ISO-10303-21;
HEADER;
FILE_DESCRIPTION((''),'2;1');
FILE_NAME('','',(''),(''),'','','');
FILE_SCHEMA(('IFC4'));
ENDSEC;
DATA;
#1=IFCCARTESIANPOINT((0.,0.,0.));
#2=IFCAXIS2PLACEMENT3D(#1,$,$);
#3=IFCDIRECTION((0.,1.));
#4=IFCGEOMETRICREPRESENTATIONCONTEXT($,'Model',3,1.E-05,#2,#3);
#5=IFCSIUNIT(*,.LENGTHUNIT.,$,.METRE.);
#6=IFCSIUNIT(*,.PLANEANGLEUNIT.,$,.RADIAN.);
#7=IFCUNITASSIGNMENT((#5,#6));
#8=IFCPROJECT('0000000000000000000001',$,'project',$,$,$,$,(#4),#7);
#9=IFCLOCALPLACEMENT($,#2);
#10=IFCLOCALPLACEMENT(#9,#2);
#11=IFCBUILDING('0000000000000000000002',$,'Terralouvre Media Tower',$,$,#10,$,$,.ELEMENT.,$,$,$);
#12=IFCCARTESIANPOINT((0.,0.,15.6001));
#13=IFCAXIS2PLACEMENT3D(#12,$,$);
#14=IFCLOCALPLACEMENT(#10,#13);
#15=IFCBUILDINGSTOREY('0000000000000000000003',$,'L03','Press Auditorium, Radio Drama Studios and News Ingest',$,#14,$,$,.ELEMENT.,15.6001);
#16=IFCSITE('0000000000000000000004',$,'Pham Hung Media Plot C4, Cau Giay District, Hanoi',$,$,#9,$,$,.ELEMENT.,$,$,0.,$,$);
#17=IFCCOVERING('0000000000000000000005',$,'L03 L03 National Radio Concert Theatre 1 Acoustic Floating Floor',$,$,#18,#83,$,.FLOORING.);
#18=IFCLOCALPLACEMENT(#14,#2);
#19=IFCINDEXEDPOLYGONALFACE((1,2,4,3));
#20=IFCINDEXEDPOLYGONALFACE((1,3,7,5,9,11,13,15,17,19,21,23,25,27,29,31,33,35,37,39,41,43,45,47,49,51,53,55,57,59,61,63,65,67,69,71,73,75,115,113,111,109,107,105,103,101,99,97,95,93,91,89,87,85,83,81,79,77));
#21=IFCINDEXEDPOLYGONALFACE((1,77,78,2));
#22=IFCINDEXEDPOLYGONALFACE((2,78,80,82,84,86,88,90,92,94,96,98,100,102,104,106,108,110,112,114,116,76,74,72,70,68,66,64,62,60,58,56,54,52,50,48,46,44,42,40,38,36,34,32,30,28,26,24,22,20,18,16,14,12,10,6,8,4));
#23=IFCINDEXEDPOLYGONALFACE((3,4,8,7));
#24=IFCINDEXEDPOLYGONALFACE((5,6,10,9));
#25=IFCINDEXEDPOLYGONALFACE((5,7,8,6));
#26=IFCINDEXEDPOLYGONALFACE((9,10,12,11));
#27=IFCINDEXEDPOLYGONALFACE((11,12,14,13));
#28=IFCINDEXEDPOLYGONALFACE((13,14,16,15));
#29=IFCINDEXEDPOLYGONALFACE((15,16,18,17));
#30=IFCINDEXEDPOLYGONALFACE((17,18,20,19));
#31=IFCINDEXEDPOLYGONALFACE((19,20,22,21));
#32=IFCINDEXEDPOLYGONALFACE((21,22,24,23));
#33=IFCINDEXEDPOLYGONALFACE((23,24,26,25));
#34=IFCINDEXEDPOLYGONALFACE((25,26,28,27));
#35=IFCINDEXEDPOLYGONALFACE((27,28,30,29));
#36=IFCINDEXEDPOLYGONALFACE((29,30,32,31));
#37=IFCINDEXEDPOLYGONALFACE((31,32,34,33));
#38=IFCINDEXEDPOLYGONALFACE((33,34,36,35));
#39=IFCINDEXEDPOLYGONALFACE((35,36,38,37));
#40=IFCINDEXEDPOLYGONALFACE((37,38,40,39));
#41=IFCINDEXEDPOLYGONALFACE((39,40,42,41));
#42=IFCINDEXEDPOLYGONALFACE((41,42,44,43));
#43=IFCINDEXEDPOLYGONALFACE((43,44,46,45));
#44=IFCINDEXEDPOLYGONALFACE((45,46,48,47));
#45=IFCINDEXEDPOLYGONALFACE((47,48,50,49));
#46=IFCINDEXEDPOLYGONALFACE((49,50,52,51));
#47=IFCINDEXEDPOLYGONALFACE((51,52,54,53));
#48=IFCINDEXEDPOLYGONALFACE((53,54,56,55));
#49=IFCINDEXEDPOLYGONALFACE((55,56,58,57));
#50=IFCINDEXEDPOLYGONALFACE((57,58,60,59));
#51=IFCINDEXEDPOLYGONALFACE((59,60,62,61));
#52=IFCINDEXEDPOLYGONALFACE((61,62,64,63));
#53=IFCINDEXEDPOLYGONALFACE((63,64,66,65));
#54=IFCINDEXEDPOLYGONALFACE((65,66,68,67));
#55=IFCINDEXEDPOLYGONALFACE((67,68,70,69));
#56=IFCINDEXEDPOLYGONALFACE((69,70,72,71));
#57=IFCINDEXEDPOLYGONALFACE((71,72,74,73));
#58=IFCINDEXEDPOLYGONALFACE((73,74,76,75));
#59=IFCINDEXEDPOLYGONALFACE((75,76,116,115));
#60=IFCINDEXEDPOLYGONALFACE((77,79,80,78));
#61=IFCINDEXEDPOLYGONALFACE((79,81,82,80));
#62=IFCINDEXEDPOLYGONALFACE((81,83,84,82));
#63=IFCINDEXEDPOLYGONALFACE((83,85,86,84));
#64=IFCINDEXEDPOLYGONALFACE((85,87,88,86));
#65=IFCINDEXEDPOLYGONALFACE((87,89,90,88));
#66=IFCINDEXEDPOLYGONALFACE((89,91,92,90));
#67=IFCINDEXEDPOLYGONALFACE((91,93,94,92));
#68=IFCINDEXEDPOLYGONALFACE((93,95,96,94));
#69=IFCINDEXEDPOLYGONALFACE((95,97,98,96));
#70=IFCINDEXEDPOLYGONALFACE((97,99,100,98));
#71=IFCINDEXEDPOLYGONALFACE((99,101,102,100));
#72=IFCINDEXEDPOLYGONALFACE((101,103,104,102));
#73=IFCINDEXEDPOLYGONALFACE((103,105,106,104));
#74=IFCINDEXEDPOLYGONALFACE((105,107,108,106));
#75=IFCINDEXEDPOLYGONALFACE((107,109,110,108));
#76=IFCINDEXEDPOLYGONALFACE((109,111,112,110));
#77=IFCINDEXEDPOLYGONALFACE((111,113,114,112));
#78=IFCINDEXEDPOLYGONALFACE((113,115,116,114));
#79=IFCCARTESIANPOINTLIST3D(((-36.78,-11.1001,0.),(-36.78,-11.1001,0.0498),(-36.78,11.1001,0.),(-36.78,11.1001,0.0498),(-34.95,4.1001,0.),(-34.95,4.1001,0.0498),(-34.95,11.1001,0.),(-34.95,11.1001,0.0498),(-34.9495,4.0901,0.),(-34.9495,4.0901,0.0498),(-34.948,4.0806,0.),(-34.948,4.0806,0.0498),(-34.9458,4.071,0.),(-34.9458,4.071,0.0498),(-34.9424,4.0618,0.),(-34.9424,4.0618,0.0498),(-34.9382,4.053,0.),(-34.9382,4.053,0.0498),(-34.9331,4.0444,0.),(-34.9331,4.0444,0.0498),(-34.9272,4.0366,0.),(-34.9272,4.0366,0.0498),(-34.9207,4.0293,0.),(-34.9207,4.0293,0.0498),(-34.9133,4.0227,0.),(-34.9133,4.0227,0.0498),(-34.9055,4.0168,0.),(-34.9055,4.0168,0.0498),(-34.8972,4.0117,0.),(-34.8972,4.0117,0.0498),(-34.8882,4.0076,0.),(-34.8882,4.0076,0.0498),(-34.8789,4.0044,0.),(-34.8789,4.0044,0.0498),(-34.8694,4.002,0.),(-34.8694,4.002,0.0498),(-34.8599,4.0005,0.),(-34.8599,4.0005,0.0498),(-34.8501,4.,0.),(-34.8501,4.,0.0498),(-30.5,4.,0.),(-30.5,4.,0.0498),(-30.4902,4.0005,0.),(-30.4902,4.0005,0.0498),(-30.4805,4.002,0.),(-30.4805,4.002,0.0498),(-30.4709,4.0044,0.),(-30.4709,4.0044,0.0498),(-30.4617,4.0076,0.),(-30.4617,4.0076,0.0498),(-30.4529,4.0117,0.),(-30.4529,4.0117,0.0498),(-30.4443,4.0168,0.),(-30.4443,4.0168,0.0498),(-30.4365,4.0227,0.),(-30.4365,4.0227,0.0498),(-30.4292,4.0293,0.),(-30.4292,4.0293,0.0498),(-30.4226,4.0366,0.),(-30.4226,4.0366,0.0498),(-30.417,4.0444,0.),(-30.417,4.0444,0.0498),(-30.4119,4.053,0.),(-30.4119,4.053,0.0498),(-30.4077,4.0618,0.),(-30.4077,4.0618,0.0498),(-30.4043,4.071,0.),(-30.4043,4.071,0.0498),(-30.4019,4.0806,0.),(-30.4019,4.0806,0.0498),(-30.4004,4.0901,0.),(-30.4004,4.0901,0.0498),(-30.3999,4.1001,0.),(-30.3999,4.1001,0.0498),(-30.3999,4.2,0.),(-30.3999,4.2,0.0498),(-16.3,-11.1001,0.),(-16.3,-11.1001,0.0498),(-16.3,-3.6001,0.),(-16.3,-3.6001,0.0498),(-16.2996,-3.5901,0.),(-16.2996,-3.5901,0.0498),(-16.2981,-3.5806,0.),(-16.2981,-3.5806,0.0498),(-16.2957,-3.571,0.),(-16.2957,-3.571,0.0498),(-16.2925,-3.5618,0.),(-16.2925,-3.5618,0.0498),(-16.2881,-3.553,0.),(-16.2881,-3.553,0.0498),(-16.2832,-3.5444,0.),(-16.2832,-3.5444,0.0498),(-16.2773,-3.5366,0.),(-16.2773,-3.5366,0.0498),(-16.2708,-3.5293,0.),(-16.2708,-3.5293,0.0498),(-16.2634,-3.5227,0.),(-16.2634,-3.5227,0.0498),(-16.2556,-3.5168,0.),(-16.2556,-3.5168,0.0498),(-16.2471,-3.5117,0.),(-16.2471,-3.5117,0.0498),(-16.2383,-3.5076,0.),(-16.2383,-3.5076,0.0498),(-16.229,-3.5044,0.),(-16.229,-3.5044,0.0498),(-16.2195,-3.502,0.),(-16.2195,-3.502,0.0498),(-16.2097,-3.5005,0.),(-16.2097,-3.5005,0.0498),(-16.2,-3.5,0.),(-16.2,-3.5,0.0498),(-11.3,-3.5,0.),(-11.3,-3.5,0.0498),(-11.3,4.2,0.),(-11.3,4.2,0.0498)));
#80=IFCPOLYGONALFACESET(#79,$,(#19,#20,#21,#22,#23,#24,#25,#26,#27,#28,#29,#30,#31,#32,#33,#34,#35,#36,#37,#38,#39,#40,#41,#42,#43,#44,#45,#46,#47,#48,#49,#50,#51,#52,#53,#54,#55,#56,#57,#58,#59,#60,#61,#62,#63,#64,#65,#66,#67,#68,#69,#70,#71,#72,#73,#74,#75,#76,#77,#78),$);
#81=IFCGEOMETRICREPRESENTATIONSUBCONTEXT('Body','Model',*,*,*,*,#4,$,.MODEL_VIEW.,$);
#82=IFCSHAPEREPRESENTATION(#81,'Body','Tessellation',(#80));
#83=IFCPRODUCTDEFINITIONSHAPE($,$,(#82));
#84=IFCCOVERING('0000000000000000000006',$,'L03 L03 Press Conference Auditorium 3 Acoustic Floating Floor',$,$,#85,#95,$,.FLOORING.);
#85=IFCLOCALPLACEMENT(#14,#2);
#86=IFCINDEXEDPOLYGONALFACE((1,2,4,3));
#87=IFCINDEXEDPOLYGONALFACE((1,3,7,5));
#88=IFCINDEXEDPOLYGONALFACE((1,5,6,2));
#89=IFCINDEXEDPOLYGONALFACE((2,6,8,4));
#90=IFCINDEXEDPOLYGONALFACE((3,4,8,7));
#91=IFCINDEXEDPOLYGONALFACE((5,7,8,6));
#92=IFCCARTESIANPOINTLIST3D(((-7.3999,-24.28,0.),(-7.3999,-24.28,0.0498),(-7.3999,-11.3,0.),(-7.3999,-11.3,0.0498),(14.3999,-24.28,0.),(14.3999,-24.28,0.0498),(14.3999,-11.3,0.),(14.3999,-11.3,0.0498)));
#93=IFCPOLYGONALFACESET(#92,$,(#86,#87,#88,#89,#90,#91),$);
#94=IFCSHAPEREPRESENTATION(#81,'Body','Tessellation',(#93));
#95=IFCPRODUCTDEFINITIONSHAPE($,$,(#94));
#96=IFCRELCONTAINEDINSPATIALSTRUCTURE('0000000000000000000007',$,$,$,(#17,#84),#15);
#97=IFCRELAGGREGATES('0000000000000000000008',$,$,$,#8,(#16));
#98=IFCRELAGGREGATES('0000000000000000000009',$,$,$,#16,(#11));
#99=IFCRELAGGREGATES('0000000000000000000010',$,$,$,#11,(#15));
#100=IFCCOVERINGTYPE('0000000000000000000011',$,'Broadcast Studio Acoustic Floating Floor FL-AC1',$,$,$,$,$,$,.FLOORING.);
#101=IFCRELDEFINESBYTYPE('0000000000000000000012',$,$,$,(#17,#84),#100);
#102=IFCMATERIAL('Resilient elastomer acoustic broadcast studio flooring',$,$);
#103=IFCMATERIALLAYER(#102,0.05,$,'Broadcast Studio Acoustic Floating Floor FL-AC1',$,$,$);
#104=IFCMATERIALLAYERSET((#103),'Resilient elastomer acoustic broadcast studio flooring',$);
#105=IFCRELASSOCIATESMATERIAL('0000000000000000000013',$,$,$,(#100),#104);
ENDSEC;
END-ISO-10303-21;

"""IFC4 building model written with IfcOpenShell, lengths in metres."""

from ifc_helpers import new_model, si_unit, direction, frame, origin, place, context, subcontext, project, spatial, polyline, outline, extrude, material, layer, layer_set, type_object, element, save


model = new_model("IFC4")

# Units and contexts
model_context = context("Model", 3, precision=1e-05, world=origin(), true_north=direction((0.0, 1.0)))
body_context = subcontext(model_context, "Body", "Model", "MODEL_VIEW")
ifc_project = project(units=[si_unit("LENGTHUNIT", "METRE"), si_unit("PLANEANGLEUNIT", "RADIAN")], contexts=[model_context])

# Site, building, storey
site_placement = place(None, origin())
site = spatial("IfcSite", under=ifc_project, at=site_placement, Name="Pham Hung Media Plot C4, Cau Giay District, Hanoi", CompositionType="ELEMENT", RefElevation=0.0)
building_placement = place(site_placement, origin())
building = spatial("IfcBuilding", under=site, at=building_placement, Name="Terralouvre Media Tower", CompositionType="ELEMENT")
storey_placement = place(building_placement, frame((0.0, 0.0, 15.6001)))
storey = spatial("IfcBuildingStorey", under=building, at=storey_placement, Name="L03", Description="Press Auditorium, Radio Drama Studios and News Ingest", CompositionType="ELEMENT", Elevation=15.6001)

# Coverings
ifc_material_1 = material(Name="Resilient elastomer acoustic broadcast studio flooring")
ifc_layer_1 = layer(ifc_material_1, 0.05, Name="Broadcast Studio Acoustic Floating Floor FL-AC1")
ifc_layer_set_1 = layer_set([ifc_layer_1], Name="Resilient elastomer acoustic broadcast studio flooring")
covering_type_1 = type_object("IfcCoveringType", Name="Broadcast Studio Acoustic Floating Floor FL-AC1", PredefinedType="FLOORING", material=ifc_layer_set_1)
covering_1_placement = place(storey_placement, origin())
element("IfcCovering", 1, at=covering_1_placement, inside=storey, type_object=covering_type_1, Name="L03 L03 National Radio Concert Theatre 1 Acoustic Floating Floor", PredefinedType="FLOORING", context=body_context, shape_type="SweptSolid", body=[
    extrude(outline(polyline([(-16.3, -3.6001), (-16.2996, -3.5901), (-16.2981, -3.5806), (-16.2957, -3.571), (-16.2925, -3.5618), (-16.2881, -3.553), (-16.2832, -3.5444), (-16.2773, -3.5366), (-16.2708, -3.5293), (-16.2634, -3.5227), (-16.2556, -3.5168), (-16.2471, -3.5117), (-16.2383, -3.5076), (-16.229, -3.5044), (-16.2195, -3.502), (-16.2097, -3.5005), (-16.2, -3.5), (-11.3, -3.5), (-11.3, 4.2), (-30.3999, 4.2), (-30.3999, 4.1001), (-30.4004, 4.0901), (-30.4019, 4.0806), (-30.4043, 4.071), (-30.4077, 4.0618), (-30.4119, 4.053), (-30.417, 4.0444), (-30.4226, 4.0366), (-30.4292, 4.0293), (-30.4365, 4.0227), (-30.4443, 4.0168), (-30.4529, 4.0117), (-30.4617, 4.0076), (-30.4709, 4.0044), (-30.4805, 4.002), (-30.4902, 4.0005), (-30.5, 4.0), (-34.8501, 4.0), (-34.8599, 4.0005), (-34.8694, 4.002), (-34.8789, 4.0044), (-34.8882, 4.0076), (-34.8972, 4.0117), (-34.9055, 4.0168), (-34.9133, 4.0227), (-34.9207, 4.0293), (-34.9272, 4.0366), (-34.9331, 4.0444), (-34.9382, 4.053), (-34.9424, 4.0618), (-34.9458, 4.071), (-34.948, 4.0806), (-34.9495, 4.0901), (-34.95, 4.1001), (-34.95, 11.1001), (-36.78, 11.1001), (-36.78, -11.1001), (-16.3, -11.1001), (-16.3, -3.6001)])), origin(), (0.0, 0.0, 1.0), 0.0498),
])
covering_2_placement = place(storey_placement, origin())
element("IfcCovering", 2, at=covering_2_placement, inside=storey, type_object=covering_type_1, Name="L03 L03 Press Conference Auditorium 3 Acoustic Floating Floor", PredefinedType="FLOORING", context=body_context, shape_type="SweptSolid", body=[
    extrude(outline(polyline([(-7.3999, -11.3), (-7.3999, -24.28), (14.3999, -24.28), (14.3999, -11.3), (-7.3999, -11.3)])), origin(), (0.0, 0.0, 1.0), 0.0498),
])

save(model, "model.ifc")
